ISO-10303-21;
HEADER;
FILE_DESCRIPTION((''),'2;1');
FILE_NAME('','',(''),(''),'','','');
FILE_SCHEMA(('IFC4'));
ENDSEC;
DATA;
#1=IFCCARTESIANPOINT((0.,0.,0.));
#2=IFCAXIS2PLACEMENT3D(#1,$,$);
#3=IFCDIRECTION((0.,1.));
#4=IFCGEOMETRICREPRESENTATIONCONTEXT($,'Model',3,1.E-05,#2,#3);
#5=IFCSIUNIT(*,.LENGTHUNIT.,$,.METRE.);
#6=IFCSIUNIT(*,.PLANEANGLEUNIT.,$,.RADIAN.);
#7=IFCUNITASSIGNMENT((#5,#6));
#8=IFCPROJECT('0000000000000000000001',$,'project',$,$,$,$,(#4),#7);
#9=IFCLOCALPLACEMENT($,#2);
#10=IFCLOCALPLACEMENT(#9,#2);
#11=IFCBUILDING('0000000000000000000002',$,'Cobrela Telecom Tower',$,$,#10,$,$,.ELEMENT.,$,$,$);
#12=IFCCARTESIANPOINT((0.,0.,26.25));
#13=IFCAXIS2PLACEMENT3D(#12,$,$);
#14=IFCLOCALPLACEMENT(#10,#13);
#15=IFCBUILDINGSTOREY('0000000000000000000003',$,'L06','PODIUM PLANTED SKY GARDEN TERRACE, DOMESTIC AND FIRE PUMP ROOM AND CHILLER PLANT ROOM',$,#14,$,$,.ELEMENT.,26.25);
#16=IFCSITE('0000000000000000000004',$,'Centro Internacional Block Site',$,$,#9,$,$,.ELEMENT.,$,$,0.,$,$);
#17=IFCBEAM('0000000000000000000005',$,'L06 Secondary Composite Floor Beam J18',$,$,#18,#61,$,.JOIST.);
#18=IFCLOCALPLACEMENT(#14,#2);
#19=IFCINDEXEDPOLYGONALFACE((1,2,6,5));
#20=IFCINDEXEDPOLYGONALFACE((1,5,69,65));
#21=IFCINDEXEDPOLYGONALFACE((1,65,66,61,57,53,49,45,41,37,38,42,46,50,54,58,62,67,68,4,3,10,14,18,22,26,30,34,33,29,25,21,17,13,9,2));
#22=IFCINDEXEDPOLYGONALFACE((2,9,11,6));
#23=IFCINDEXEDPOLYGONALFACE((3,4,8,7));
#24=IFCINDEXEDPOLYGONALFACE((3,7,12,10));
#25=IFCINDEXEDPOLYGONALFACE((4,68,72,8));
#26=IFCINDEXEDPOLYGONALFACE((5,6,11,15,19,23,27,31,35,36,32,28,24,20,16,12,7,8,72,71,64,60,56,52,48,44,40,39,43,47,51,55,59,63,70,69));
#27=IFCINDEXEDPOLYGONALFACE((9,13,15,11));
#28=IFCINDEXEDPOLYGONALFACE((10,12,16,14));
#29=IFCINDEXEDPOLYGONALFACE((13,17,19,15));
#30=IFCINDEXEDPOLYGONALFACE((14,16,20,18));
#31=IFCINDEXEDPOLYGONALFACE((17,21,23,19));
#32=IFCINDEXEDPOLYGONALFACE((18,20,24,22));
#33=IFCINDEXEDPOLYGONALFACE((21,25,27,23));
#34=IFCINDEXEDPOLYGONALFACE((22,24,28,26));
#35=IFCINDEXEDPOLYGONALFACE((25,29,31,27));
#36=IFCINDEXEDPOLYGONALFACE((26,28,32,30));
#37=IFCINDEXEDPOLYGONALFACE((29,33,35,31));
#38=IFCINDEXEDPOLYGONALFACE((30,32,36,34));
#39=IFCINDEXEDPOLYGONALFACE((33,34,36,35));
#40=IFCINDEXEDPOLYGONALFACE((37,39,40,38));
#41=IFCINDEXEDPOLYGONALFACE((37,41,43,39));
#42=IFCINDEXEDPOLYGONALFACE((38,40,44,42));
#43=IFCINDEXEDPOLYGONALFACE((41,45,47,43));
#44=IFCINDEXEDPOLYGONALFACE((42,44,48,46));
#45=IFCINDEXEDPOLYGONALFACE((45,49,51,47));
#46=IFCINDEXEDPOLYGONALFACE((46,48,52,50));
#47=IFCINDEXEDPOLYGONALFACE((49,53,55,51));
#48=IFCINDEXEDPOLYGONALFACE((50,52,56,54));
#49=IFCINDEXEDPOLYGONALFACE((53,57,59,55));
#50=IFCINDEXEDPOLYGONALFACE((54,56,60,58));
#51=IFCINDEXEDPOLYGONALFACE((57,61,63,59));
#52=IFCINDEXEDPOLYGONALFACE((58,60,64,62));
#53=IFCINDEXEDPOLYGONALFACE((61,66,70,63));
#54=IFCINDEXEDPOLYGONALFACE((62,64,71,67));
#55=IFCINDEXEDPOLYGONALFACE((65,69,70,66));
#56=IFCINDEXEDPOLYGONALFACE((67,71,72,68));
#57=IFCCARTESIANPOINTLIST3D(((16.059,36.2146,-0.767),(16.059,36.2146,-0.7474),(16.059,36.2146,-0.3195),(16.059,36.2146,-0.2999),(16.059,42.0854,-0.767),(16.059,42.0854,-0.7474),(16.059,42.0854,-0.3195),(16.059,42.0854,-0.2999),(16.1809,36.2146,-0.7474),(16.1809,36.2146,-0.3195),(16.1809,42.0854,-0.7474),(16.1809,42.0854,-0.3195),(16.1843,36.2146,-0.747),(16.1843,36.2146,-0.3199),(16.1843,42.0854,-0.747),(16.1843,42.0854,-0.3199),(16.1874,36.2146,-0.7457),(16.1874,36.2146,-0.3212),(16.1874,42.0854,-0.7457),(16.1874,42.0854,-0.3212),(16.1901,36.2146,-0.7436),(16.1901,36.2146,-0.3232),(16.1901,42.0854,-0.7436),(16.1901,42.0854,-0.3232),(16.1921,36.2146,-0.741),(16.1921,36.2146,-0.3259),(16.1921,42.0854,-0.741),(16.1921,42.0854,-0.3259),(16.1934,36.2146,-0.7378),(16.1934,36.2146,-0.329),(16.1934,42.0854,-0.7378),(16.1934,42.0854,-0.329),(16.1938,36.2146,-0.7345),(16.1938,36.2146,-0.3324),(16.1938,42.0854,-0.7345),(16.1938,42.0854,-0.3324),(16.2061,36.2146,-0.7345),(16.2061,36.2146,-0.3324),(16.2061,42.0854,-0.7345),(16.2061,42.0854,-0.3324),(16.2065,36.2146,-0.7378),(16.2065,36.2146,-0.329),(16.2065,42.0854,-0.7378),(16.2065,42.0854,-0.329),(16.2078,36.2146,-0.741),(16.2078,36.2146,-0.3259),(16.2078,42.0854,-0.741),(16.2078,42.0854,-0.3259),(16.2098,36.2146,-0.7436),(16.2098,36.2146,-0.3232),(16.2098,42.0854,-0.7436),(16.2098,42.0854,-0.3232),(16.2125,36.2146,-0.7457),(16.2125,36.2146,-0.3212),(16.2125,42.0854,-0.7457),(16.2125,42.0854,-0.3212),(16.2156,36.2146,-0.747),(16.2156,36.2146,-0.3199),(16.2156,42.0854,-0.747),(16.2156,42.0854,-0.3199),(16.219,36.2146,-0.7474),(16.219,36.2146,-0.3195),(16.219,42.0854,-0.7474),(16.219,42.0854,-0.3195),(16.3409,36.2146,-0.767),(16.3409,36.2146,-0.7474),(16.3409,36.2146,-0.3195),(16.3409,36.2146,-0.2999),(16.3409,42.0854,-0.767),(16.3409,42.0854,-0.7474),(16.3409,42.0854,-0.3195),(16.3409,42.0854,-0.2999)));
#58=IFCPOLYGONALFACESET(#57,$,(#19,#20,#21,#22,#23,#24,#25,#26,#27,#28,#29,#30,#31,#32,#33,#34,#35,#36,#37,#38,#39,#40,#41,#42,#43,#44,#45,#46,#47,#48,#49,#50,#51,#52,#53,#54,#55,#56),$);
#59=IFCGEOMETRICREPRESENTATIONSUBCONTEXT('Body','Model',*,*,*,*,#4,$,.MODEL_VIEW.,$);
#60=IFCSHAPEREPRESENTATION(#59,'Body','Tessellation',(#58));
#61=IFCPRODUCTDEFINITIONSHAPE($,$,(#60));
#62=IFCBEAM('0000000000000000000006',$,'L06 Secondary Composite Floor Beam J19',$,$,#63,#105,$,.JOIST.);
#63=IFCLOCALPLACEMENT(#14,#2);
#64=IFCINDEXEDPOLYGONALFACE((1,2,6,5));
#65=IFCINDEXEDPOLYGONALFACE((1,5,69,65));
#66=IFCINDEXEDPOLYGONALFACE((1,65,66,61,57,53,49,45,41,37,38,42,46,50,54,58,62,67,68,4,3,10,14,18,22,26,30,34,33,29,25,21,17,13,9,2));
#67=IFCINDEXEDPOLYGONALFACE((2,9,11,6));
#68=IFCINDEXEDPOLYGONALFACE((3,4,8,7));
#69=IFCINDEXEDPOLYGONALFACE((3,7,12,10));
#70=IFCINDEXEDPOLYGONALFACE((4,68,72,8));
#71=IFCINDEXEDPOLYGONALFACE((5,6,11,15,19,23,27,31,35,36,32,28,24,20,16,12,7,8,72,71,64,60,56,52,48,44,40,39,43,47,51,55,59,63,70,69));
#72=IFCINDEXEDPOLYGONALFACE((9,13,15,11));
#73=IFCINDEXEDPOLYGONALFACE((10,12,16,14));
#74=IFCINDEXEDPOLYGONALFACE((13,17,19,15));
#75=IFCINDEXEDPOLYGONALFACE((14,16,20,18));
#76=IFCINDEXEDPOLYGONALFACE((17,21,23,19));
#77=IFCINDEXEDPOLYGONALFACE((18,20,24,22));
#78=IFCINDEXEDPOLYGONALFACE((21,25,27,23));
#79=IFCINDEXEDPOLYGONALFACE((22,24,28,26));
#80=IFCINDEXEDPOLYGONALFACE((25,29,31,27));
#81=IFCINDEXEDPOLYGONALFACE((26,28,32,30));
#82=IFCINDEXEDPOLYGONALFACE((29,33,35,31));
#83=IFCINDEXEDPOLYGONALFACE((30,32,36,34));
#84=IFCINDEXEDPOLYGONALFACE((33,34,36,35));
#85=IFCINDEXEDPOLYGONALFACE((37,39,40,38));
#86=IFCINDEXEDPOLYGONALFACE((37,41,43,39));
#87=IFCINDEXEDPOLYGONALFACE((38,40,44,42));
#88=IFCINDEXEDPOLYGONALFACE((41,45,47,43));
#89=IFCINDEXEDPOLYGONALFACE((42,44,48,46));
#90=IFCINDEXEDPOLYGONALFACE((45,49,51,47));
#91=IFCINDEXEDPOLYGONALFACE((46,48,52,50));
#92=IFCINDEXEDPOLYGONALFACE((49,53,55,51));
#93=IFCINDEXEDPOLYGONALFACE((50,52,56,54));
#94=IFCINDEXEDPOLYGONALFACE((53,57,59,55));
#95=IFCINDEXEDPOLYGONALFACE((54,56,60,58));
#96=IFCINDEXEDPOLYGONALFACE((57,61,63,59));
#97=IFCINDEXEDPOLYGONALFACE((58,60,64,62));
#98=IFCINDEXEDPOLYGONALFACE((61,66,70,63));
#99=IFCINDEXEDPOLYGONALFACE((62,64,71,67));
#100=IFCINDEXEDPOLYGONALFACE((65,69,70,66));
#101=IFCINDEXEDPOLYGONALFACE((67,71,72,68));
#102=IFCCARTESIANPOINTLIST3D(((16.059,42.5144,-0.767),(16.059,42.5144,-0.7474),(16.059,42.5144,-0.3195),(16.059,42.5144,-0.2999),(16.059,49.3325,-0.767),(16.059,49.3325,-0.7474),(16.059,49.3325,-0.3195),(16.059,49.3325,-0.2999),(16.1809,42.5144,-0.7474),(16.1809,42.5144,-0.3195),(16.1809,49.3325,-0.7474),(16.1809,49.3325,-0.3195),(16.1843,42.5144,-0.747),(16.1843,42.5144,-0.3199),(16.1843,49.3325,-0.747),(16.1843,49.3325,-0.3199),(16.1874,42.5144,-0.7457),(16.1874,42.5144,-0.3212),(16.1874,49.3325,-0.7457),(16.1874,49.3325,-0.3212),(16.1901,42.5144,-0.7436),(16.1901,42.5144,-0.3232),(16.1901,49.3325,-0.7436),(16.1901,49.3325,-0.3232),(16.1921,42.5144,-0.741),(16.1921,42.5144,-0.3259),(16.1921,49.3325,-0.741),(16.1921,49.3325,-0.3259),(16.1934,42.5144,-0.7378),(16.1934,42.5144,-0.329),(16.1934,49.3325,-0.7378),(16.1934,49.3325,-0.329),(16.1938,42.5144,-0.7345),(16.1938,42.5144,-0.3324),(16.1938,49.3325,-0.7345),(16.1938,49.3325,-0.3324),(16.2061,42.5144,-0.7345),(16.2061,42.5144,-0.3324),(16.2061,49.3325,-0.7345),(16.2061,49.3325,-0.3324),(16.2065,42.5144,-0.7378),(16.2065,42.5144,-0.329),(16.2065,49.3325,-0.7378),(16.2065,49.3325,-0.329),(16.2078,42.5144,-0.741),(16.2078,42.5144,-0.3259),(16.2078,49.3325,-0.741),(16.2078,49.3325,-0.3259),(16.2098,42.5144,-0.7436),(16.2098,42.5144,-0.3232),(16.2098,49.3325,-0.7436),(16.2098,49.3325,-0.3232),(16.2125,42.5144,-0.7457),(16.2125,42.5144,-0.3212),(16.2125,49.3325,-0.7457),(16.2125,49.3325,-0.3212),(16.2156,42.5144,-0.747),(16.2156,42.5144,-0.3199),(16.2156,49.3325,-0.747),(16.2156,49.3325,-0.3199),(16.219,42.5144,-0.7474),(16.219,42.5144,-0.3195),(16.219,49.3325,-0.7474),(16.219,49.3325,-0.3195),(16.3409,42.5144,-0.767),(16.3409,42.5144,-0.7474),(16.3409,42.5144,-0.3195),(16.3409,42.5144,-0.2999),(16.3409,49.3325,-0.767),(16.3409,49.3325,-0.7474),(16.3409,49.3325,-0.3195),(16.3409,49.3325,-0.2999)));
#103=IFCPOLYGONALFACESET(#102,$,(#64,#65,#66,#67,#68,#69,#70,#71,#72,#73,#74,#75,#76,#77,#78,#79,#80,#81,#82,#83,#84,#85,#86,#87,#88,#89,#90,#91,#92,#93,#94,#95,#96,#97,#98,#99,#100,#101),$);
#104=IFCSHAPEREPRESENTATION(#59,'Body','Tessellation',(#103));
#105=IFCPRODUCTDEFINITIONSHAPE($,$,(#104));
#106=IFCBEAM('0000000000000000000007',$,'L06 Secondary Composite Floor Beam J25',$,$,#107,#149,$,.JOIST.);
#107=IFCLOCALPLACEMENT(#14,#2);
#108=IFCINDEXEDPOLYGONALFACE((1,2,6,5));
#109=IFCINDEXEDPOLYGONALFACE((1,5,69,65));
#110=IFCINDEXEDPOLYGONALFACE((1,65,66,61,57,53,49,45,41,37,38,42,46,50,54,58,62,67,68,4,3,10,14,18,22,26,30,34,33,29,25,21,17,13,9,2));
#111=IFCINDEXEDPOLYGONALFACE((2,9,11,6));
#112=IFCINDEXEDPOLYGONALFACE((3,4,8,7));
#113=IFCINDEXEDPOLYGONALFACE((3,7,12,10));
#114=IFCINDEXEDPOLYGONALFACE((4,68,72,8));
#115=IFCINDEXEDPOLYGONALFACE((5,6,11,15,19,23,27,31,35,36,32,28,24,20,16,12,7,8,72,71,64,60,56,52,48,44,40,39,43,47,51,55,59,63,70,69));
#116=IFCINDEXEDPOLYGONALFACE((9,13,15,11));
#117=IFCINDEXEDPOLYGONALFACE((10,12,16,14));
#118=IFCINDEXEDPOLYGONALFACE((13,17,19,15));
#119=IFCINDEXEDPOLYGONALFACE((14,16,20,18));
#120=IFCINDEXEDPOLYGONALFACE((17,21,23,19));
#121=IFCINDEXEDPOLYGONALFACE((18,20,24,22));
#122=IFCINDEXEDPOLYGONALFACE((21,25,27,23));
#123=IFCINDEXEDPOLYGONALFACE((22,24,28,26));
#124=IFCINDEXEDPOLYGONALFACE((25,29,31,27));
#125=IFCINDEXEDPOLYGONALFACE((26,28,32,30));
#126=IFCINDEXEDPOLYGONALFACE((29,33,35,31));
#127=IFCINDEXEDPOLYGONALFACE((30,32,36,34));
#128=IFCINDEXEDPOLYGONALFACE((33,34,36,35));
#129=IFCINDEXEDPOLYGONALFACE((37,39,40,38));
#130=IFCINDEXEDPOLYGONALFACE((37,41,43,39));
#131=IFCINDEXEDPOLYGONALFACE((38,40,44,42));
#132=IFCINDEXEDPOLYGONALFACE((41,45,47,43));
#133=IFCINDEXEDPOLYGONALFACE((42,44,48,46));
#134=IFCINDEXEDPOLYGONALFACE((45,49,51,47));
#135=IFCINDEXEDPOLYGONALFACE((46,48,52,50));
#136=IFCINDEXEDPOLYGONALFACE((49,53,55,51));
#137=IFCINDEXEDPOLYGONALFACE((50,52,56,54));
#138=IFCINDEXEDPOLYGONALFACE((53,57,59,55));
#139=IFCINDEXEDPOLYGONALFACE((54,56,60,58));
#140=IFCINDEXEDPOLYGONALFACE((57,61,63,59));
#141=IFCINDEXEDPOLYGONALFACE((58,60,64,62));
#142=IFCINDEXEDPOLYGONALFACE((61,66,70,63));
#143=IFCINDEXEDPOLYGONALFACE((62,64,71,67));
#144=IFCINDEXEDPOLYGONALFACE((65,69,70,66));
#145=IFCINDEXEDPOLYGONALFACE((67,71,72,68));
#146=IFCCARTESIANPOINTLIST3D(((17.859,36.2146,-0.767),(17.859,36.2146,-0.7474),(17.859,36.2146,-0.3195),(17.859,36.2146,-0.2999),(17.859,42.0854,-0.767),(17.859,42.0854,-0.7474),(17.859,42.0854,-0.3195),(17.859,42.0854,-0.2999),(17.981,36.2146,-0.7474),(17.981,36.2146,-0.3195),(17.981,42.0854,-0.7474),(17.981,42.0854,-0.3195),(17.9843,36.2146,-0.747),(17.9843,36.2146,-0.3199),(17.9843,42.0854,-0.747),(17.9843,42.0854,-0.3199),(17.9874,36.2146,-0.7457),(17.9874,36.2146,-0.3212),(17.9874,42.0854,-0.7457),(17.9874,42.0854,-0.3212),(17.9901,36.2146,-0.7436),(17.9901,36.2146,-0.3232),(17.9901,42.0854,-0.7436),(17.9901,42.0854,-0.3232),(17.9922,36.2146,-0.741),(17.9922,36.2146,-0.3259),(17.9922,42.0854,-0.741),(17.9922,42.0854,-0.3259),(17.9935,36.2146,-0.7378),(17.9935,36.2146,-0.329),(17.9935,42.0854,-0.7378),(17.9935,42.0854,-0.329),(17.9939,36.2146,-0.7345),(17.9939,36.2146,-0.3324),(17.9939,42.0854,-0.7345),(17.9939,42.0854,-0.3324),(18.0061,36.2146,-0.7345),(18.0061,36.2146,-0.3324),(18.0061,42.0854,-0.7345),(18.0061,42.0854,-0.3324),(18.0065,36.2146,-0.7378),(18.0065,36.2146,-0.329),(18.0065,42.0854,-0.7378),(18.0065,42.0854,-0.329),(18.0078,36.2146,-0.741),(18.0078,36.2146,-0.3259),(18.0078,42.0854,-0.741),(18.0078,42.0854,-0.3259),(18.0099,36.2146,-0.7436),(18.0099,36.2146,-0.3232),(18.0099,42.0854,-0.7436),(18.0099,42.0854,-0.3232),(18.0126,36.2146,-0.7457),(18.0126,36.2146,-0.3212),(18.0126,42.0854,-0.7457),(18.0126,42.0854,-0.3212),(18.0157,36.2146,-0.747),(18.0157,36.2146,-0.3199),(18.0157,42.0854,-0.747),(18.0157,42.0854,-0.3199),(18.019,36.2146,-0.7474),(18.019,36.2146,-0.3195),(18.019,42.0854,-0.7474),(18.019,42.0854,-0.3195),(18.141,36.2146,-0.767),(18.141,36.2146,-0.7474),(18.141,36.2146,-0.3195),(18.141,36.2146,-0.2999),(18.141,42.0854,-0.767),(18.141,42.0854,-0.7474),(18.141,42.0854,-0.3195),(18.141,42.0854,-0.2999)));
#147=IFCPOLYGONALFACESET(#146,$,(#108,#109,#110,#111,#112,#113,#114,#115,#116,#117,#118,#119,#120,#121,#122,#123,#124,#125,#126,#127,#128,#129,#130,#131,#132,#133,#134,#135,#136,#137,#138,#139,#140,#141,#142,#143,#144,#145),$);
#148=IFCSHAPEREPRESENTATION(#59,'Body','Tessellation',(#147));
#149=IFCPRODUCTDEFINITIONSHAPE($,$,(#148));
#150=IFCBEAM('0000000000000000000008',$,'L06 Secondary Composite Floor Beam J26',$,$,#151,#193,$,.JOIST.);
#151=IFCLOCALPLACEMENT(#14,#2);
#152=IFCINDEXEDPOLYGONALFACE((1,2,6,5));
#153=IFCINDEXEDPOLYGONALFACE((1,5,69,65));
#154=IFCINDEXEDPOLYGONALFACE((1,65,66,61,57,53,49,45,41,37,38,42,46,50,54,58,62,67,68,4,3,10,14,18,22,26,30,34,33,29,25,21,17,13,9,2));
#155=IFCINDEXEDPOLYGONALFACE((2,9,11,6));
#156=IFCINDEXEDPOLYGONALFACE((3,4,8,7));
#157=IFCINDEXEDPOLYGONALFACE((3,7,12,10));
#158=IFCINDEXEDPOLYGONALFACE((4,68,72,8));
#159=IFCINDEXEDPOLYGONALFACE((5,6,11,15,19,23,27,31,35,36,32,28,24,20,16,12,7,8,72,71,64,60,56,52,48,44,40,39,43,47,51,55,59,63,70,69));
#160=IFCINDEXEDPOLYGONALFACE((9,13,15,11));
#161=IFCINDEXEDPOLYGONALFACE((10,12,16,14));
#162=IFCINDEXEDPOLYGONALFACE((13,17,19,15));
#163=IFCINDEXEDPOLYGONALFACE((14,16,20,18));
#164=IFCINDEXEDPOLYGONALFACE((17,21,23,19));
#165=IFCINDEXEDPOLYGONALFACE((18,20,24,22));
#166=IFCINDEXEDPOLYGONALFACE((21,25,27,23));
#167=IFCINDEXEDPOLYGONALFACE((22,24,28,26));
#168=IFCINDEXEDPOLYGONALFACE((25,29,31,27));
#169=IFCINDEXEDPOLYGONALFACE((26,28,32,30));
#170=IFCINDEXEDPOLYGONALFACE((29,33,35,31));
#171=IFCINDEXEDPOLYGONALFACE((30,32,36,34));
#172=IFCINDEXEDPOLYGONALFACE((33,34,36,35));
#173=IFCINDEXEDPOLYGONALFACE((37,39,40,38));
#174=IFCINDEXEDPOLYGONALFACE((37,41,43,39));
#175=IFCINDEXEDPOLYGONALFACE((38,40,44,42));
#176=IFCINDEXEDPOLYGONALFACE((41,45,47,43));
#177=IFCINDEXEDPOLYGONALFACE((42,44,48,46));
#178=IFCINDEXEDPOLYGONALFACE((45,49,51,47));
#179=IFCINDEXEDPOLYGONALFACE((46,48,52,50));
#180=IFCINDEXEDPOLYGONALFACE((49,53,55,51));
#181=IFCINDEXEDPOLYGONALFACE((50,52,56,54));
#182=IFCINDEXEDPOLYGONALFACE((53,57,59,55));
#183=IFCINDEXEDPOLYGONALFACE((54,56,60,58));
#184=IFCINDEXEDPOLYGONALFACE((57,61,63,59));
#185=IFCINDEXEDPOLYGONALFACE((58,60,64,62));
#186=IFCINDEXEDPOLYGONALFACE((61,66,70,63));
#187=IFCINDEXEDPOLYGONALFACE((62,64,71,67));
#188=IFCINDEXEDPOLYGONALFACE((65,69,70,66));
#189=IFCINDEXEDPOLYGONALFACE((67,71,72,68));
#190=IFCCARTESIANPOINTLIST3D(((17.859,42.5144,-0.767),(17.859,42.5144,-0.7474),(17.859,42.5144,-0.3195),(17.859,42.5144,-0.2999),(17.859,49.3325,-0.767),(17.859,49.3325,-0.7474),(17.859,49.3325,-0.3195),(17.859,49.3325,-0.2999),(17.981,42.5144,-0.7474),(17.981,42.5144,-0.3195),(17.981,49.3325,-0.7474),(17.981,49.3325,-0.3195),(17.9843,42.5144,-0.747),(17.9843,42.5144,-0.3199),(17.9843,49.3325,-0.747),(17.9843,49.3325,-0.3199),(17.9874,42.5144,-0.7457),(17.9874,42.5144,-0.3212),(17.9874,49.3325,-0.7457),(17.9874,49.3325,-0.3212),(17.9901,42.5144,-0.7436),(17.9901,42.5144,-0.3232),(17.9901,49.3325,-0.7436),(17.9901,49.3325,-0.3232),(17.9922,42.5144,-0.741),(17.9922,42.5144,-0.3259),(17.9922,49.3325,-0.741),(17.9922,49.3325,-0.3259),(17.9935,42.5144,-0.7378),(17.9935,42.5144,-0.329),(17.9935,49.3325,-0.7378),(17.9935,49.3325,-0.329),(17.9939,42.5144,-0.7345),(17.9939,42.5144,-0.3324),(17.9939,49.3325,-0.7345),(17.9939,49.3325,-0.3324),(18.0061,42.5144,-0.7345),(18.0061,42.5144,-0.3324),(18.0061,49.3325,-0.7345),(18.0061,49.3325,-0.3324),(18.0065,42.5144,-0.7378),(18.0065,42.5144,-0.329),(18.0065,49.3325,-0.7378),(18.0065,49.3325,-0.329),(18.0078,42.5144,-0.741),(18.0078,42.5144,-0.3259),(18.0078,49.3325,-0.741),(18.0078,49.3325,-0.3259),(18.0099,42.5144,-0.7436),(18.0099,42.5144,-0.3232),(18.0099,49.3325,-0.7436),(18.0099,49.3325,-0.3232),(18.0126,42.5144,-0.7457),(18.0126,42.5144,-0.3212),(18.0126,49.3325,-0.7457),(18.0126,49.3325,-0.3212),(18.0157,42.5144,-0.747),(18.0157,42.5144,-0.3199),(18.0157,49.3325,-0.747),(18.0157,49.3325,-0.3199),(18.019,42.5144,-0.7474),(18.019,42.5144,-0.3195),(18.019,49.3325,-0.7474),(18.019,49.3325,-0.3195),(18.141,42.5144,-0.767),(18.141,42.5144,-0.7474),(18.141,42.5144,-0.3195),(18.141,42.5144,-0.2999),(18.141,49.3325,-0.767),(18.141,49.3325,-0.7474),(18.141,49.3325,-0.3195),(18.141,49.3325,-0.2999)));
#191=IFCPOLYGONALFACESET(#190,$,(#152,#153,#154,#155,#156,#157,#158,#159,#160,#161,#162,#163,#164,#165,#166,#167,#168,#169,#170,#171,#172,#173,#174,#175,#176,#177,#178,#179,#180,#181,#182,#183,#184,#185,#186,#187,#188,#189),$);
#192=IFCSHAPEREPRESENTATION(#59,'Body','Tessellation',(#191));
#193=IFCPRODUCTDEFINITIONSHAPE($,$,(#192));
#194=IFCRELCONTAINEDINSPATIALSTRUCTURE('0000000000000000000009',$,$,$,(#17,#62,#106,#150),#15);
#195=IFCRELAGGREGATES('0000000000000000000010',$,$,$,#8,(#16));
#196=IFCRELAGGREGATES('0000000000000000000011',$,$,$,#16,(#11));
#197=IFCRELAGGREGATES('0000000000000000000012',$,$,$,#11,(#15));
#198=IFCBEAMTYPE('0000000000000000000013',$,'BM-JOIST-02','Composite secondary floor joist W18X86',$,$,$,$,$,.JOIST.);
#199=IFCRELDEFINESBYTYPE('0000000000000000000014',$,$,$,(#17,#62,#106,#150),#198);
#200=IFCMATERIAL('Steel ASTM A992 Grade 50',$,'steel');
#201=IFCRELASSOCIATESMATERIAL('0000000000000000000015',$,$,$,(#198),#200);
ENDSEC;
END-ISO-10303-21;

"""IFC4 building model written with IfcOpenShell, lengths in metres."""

from ifc_helpers import new_model, si_unit, direction, frame, origin, origin_2d, place, context, subcontext, project, spatial, i_section, extrude, material, material_profile, profile_set, type_object, element, save


model = new_model("IFC4")

# Units and contexts
model_context = context("Model", 3, precision=1e-05, world=origin(), true_north=direction((0.0, 1.0)))
body_context = subcontext(model_context, "Body", "Model", "MODEL_VIEW")
ifc_project = project(units=[si_unit("LENGTHUNIT", "METRE"), si_unit("PLANEANGLEUNIT", "RADIAN")], contexts=[model_context])

# Site, building, storey
site_placement = place(None, origin())
site = spatial("IfcSite", under=ifc_project, at=site_placement, Name="Centro Internacional Block Site", CompositionType="ELEMENT", RefElevation=0.0)
building_placement = place(site_placement, origin())
building = spatial("IfcBuilding", under=site, at=building_placement, Name="Cobrela Telecom Tower", CompositionType="ELEMENT")
storey_placement = place(building_placement, frame((0.0, 0.0, 26.25)))
storey = spatial("IfcBuildingStorey", under=building, at=storey_placement, Name="L06", Description="PODIUM PLANTED SKY GARDEN TERRACE, DOMESTIC AND FIRE PUMP ROOM AND CHILLER PLANT ROOM", CompositionType="ELEMENT", Elevation=26.25)

# Beams
ifc_material_1 = material(Name="Steel ASTM A992 Grade 50", Category="steel")
ifc_material_profile_1 = material_profile(ifc_material_1, i_section(OverallWidth=0.282, OverallDepth=0.467, WebThickness=0.0122, FlangeThickness=0.0195, FilletRadius=0.0129, at=origin_2d()), Name="W18X86")
ifc_profile_set_1 = profile_set([ifc_material_profile_1], Name="Steel ASTM A992 Grade 50")
beam_type_1 = type_object("IfcBeamType", Name="BM-JOIST-02", Description="Composite secondary floor joist W18X86", PredefinedType="JOIST", material=ifc_profile_set_1)
beam_1_placement = place(storey_placement, frame((16.2, 36.2146, -0.5334), z_axis=(0.0, 1.0, 0.0), x_axis=(-1.0, 0.0, 0.0)))
element("IfcBeam", 1, at=beam_1_placement, inside=storey, type_object=beam_type_1, Name="L06 Secondary Composite Floor Beam J18", PredefinedType="JOIST", context=body_context, shape_type="SweptSolid", body=[
    extrude(i_section(OverallWidth=0.282, OverallDepth=0.467, WebThickness=0.0122, FlangeThickness=0.0195, FilletRadius=0.0129, at=origin_2d()), origin(), (0.0, 0.0, 1.0), 5.8708),
])
beam_2_placement = place(storey_placement, frame((16.2, 42.5144, -0.5334), z_axis=(0.0, 1.0, 0.0), x_axis=(-1.0, 0.0, 0.0)))
element("IfcBeam", 2, at=beam_2_placement, inside=storey, type_object=beam_type_1, Name="L06 Secondary Composite Floor Beam J19", PredefinedType="JOIST", context=body_context, shape_type="SweptSolid", body=[
    extrude(i_section(OverallWidth=0.282, OverallDepth=0.467, WebThickness=0.0122, FlangeThickness=0.0195, FilletRadius=0.0129, at=origin_2d()), origin(), (0.0, 0.0, 1.0), 6.8181),
])
beam_3_placement = place(storey_placement, frame((18.0, 36.2146, -0.5334), z_axis=(0.0, 1.0, 0.0), x_axis=(-1.0, 0.0, 0.0)))
element("IfcBeam", 3, at=beam_3_placement, inside=storey, type_object=beam_type_1, Name="L06 Secondary Composite Floor Beam J25", PredefinedType="JOIST", context=body_context, shape_type="SweptSolid", body=[
    extrude(i_section(OverallWidth=0.282, OverallDepth=0.467, WebThickness=0.0122, FlangeThickness=0.0195, FilletRadius=0.0129, at=origin_2d()), origin(), (0.0, 0.0, 1.0), 5.8708),
])
beam_4_placement = place(storey_placement, frame((18.0, 42.5144, -0.5334), z_axis=(0.0, 1.0, 0.0), x_axis=(-1.0, 0.0, 0.0)))
element("IfcBeam", 4, at=beam_4_placement, inside=storey, type_object=beam_type_1, Name="L06 Secondary Composite Floor Beam J26", PredefinedType="JOIST", context=body_context, shape_type="SweptSolid", body=[
    extrude(i_section(OverallWidth=0.282, OverallDepth=0.467, WebThickness=0.0122, FlangeThickness=0.0195, FilletRadius=0.0129, at=origin_2d()), origin(), (0.0, 0.0, 1.0), 6.8181),
])

save(model, "model.ifc")
